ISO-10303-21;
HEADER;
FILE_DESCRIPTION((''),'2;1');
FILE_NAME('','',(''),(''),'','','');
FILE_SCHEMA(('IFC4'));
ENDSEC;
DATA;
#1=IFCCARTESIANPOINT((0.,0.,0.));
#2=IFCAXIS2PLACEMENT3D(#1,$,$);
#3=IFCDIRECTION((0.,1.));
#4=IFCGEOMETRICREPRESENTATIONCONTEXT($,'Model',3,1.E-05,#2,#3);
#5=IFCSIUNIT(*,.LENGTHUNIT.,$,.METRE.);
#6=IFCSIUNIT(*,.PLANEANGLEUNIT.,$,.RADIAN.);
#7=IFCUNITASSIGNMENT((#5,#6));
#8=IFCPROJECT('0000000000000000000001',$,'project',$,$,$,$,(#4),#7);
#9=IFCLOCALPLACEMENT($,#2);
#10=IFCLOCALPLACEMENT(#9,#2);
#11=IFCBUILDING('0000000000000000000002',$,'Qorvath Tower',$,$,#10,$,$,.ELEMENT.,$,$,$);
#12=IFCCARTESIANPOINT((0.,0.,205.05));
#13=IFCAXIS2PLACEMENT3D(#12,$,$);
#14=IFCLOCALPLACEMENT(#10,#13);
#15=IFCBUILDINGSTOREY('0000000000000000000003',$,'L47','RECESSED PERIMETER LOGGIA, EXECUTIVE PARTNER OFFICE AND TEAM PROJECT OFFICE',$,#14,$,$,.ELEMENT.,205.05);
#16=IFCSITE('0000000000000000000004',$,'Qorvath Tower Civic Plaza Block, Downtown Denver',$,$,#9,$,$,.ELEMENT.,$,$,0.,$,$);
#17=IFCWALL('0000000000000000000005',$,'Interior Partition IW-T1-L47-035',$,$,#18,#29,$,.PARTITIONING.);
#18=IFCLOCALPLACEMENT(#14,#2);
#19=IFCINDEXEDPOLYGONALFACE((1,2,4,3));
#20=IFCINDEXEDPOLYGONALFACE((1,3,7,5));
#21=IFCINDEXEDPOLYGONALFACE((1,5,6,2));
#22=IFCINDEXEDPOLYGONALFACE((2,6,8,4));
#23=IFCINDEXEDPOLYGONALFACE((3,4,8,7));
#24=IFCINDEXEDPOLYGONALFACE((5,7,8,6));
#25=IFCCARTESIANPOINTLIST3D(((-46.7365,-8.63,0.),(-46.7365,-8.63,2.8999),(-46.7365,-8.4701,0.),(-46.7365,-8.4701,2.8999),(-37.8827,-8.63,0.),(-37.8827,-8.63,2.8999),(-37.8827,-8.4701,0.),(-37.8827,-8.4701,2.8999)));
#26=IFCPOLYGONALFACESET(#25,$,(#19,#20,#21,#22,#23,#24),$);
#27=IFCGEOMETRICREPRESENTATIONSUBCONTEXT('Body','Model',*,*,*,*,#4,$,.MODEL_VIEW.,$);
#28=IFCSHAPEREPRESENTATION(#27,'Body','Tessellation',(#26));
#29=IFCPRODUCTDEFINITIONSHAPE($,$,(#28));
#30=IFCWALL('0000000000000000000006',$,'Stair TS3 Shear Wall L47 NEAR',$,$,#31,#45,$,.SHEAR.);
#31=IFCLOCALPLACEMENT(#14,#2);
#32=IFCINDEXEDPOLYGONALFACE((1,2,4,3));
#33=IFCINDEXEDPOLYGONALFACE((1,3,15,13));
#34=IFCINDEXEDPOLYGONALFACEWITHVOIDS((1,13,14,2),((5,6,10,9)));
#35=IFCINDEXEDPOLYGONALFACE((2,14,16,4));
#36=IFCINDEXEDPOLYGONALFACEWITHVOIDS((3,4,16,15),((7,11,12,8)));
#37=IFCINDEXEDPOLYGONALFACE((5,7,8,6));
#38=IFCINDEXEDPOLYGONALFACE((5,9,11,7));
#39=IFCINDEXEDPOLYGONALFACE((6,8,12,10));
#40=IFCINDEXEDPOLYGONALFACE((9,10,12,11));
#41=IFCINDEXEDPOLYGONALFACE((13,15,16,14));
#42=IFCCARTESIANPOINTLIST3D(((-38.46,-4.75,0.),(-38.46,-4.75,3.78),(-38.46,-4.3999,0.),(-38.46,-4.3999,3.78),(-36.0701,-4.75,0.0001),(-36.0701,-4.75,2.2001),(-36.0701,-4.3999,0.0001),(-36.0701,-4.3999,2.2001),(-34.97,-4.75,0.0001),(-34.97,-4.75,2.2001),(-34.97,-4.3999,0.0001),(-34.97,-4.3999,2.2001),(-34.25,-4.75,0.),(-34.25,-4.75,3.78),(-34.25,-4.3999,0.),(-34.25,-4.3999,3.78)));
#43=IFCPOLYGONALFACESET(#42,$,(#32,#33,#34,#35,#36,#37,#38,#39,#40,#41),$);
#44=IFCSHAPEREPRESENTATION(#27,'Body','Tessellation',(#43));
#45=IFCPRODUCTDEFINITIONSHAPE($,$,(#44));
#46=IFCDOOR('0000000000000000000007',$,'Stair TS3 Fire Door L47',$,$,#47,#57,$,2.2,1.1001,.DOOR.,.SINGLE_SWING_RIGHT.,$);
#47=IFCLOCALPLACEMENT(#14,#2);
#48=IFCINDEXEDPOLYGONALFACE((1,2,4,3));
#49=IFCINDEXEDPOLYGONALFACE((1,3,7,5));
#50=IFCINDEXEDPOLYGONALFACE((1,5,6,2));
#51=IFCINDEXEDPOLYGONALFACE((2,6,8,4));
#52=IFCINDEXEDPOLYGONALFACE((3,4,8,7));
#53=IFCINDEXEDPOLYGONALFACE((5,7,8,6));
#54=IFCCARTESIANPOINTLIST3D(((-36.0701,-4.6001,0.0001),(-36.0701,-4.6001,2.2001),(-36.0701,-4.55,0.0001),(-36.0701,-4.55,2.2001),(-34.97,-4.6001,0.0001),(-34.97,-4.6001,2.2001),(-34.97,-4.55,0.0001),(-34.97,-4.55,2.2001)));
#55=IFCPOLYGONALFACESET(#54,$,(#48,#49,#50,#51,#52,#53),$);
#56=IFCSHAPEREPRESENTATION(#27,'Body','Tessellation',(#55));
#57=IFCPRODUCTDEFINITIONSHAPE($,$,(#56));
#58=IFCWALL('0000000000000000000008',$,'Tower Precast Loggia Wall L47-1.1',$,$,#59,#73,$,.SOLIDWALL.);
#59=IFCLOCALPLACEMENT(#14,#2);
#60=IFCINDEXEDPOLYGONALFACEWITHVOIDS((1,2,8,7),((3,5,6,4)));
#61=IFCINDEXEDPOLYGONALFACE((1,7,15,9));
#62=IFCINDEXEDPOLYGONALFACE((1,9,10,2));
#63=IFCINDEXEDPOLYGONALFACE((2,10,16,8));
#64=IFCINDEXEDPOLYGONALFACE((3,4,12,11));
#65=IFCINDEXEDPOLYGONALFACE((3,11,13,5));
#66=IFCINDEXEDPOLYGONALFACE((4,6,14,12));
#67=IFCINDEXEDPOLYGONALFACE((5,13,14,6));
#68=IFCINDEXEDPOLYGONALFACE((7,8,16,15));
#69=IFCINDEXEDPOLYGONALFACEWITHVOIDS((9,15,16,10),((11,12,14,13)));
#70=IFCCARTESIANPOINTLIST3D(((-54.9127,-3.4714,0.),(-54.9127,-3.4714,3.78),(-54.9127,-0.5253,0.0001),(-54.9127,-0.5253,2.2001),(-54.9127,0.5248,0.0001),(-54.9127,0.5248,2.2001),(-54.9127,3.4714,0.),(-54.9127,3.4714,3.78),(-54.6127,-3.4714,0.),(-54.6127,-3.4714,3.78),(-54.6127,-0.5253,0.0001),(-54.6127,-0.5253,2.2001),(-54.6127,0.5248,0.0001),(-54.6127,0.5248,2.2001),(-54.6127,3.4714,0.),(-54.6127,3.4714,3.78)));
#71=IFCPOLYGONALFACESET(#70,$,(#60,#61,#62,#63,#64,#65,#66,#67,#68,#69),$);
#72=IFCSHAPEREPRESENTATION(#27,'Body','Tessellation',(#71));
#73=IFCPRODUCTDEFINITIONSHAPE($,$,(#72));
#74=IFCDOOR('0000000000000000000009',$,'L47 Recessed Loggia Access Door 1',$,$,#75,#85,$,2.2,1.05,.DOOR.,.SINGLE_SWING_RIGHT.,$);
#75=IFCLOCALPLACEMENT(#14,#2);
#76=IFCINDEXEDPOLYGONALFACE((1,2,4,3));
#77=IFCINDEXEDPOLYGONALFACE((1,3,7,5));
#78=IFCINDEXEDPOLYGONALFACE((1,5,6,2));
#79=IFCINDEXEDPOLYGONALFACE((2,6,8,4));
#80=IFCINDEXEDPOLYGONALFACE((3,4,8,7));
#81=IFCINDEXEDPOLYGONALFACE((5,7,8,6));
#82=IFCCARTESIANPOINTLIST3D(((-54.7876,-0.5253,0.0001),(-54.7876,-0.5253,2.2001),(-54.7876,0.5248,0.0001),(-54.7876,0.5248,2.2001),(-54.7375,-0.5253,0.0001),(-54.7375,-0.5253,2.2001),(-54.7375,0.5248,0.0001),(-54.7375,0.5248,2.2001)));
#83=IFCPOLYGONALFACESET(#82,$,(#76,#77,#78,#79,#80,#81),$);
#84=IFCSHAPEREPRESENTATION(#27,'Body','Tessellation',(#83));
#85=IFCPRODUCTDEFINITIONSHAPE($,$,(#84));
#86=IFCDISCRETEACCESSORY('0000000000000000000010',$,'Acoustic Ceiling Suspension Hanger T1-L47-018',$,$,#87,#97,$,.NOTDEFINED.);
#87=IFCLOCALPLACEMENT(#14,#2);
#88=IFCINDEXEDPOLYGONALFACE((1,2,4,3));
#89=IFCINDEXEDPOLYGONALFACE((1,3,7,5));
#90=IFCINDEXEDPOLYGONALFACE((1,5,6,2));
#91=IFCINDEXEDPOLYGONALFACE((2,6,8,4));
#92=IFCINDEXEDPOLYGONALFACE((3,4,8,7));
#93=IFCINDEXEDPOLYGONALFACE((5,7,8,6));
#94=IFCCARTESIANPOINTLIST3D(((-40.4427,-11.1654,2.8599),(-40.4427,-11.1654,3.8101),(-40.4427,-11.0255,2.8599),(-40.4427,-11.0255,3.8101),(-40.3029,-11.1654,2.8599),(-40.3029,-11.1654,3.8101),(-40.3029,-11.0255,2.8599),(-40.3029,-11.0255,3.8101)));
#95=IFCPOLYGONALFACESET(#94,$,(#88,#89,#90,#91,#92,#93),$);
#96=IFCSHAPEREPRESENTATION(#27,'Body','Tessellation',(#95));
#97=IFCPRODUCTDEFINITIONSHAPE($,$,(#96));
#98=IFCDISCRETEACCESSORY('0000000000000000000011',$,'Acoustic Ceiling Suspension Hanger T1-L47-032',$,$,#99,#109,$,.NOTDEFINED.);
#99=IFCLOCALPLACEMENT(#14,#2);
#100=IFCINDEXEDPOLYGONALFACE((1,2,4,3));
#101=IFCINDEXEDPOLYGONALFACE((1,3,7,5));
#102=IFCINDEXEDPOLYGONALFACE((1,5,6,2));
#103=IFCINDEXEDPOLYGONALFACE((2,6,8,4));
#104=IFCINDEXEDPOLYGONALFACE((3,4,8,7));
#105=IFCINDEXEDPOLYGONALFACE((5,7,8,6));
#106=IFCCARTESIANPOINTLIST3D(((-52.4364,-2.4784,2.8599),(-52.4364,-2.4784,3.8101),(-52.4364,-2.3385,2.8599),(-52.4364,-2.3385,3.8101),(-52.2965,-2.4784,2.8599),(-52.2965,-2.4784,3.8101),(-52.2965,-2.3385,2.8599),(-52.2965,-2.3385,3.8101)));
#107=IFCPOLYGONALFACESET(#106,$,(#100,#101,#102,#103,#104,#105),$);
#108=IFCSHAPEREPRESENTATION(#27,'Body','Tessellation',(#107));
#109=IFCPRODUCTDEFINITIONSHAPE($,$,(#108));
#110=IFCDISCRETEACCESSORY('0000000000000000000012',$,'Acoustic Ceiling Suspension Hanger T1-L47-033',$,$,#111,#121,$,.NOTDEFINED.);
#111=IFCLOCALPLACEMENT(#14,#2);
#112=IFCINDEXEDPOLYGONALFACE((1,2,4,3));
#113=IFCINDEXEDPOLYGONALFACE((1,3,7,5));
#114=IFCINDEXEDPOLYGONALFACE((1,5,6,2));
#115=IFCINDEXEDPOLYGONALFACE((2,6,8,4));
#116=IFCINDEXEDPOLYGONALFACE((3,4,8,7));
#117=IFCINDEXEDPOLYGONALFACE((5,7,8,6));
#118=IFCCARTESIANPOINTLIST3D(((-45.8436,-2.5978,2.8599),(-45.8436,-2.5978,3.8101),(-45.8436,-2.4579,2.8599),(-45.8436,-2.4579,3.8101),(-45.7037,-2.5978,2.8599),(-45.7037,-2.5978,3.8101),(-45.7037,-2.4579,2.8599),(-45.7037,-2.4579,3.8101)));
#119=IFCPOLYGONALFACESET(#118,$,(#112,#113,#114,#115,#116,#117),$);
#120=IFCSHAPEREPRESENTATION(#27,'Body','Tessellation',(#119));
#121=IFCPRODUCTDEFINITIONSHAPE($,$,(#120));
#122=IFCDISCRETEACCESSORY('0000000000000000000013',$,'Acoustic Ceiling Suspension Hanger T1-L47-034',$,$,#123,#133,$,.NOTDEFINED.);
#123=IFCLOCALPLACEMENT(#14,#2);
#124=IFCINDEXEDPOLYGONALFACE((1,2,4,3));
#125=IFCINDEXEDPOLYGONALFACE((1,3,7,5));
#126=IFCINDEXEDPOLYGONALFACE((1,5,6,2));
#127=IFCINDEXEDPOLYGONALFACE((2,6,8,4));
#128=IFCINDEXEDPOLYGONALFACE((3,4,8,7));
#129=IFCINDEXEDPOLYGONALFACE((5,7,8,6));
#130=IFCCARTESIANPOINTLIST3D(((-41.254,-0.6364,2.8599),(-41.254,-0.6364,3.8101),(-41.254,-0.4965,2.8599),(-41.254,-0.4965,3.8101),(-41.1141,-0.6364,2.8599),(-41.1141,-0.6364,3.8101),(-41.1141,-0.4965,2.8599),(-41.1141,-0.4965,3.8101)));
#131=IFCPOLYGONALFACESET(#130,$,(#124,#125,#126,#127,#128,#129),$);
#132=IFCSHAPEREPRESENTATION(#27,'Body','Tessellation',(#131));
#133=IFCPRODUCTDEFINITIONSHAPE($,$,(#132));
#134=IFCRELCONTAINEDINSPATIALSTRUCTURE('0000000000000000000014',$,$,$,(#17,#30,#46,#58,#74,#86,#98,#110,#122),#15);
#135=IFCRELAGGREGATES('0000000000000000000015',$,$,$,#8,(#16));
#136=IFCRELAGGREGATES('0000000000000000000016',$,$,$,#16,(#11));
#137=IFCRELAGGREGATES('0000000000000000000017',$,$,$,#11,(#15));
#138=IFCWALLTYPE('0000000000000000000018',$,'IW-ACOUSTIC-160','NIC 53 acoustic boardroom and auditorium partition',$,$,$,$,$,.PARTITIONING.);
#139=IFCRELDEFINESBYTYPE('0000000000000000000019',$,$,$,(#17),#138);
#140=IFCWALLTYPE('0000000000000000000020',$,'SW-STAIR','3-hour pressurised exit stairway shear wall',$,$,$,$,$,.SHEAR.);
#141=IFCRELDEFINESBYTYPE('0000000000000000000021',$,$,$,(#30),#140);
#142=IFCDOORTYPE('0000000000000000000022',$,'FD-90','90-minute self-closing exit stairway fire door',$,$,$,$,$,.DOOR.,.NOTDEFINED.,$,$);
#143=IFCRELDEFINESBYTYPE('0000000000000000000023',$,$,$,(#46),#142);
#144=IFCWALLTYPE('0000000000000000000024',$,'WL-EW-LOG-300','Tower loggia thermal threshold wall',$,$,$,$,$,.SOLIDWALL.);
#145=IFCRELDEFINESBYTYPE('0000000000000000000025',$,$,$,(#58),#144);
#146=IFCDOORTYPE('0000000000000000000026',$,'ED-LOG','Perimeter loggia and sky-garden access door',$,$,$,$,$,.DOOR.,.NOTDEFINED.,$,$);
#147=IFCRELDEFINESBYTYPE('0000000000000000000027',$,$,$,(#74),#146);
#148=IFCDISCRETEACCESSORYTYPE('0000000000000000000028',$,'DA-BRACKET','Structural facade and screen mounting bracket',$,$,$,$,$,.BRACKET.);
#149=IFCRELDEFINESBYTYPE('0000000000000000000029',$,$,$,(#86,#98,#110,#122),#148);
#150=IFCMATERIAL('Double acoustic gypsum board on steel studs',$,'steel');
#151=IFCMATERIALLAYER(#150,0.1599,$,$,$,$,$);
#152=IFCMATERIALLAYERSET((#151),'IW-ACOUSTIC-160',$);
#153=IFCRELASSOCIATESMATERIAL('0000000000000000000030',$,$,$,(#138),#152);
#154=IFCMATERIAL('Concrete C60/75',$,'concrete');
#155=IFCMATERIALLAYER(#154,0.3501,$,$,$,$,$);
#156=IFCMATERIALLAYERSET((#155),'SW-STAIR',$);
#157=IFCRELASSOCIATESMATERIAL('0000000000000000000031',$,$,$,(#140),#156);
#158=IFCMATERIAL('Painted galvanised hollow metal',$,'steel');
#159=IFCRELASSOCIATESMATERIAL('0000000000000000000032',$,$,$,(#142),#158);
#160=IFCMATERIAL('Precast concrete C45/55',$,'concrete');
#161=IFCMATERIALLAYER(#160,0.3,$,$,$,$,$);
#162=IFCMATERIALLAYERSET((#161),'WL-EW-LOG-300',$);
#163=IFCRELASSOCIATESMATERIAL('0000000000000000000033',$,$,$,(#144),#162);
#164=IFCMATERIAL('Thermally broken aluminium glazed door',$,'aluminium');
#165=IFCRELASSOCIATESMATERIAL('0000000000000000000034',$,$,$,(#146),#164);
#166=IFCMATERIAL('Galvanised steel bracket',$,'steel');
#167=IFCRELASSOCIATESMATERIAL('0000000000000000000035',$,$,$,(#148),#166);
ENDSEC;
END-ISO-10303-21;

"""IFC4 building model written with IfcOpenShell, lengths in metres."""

from ifc_helpers import new_model, si_unit, direction, frame, frame_2d, origin, origin_2d, place, context, subcontext, project, spatial, rectangle, extrude, material, layer, layer_set, type_object, element, fill, save


model = new_model("IFC4")

# Units and contexts
model_context = context("Model", 3, precision=1e-05, world=origin(), true_north=direction((0.0, 1.0)))
body_context = subcontext(model_context, "Body", "Model", "MODEL_VIEW")
ifc_project = project(units=[si_unit("LENGTHUNIT", "METRE"), si_unit("PLANEANGLEUNIT", "RADIAN")], contexts=[model_context])

# Site, building, storey
site_placement = place(None, origin())
site = spatial("IfcSite", under=ifc_project, at=site_placement, Name="Qorvath Tower Civic Plaza Block, Downtown Denver", CompositionType="ELEMENT", RefElevation=0.0)
building_placement = place(site_placement, origin())
building = spatial("IfcBuilding", under=site, at=building_placement, Name="Qorvath Tower", CompositionType="ELEMENT")
storey_placement = place(building_placement, frame((0.0, 0.0, 205.05)))
storey = spatial("IfcBuildingStorey", under=building, at=storey_placement, Name="L47", Description="RECESSED PERIMETER LOGGIA, EXECUTIVE PARTNER OFFICE AND TEAM PROJECT OFFICE", CompositionType="ELEMENT", Elevation=205.05)

# Wall
ifc_material_1 = material(Name="Double acoustic gypsum board on steel studs", Category="steel")
ifc_layer_1 = layer(ifc_material_1, 0.1599)
ifc_layer_set_1 = layer_set([ifc_layer_1], Name="IW-ACOUSTIC-160")
wall_type_1 = type_object("IfcWallType", Name="IW-ACOUSTIC-160", Description="NIC 53 acoustic boardroom and auditorium partition", PredefinedType="PARTITIONING", material=ifc_layer_set_1)
wall_1_placement = place(storey_placement, frame((-37.8828, -8.55, 0.0), z_axis=(0.0, 0.0, 1.0), x_axis=(-1.0, 0.0, 0.0)))
element("IfcWall", 1, at=wall_1_placement, inside=storey, type_object=wall_type_1, Name="Interior Partition IW-T1-L47-035", PredefinedType="PARTITIONING", context=body_context, shape_type="SweptSolid", body=[
    extrude(rectangle(XDim=8.8538, YDim=0.1599, at=frame_2d((4.4268, 0.0))), origin(), (0.0, 0.0, 1.0), 2.8999),
])

# Walls, openings, doors
ifc_material_2 = material(Name="Concrete C60/75", Category="concrete")
ifc_layer_2 = layer(ifc_material_2, 0.3501)
ifc_layer_set_2 = layer_set([ifc_layer_2], Name="SW-STAIR")
wall_type_2 = type_object("IfcWallType", Name="SW-STAIR", Description="3-hour pressurised exit stairway shear wall", PredefinedType="SHEAR", material=ifc_layer_set_2)
wall_2_placement = place(storey_placement, frame((-38.46, -4.575, 0.0), z_axis=(0.0, 0.0, 1.0), x_axis=(1.0, 0.0, 0.0)))
wall_2 = element("IfcWall", 2, at=wall_2_placement, inside=storey, type_object=wall_type_2, Name="Stair TS3 Shear Wall L47 NEAR", PredefinedType="SHEAR", context=body_context, shape_type="SweptSolid", body=[
    extrude(rectangle(XDim=4.21, YDim=0.3501, at=frame_2d((2.105, 0.0))), origin(), (0.0, 0.0, 1.0), 3.78),
])
opening_1_placement = place(wall_2_placement, frame((2.3899, 0.0, 0.0)))
opening_1 = element("IfcOpeningElement", 3, at=opening_1_placement, cuts=wall_2, PredefinedType="OPENING", context=body_context, shape_type="SweptSolid", body=[
    extrude(rectangle(XDim=1.1001, YDim=2.2, at=frame_2d((0.55, 1.1001))), frame((0.0, 0.1851, 0.0), z_axis=(0.0, -1.0, 0.0), x_axis=(1.0, 0.0, 0.0)), (0.0, 0.0, 1.0), 0.3701),
])
ifc_material_3 = material(Name="Painted galvanised hollow metal", Category="steel")
door_type_1 = type_object("IfcDoorType", Name="FD-90", Description="90-minute self-closing exit stairway fire door", OperationType="NOTDEFINED", PredefinedType="DOOR", material=ifc_material_3)
door_1_placement = place(opening_1_placement, origin())
door_1 = element("IfcDoor", 4, at=door_1_placement, inside=storey, type_object=door_type_1, Name="Stair TS3 Fire Door L47", OperationType="SINGLE_SWING_RIGHT", OverallHeight=2.2, OverallWidth=1.1001, PredefinedType="DOOR", context=body_context, shape_type="SweptSolid", body=[
    extrude(rectangle(XDim=1.1001, YDim=2.2, at=frame_2d((0.55, 1.1001))), frame((0.0, 0.0249, 0.0), z_axis=(0.0, -1.0, 0.0), x_axis=(1.0, 0.0, 0.0)), (0.0, 0.0, 1.0), 0.05),
])
fill(opening_1, door_1)
ifc_material_4 = material(Name="Precast concrete C45/55", Category="concrete")
ifc_layer_3 = layer(ifc_material_4, 0.3)
ifc_layer_set_3 = layer_set([ifc_layer_3], Name="WL-EW-LOG-300")
wall_type_3 = type_object("IfcWallType", Name="WL-EW-LOG-300", Description="Tower loggia thermal threshold wall", PredefinedType="SOLIDWALL", material=ifc_layer_set_3)
wall_3_placement = place(storey_placement, frame((-54.7627, -3.4714, 0.0), z_axis=(0.0, 0.0, 1.0), x_axis=(0.0, 1.0, 0.0)))
wall_3 = element("IfcWall", 5, at=wall_3_placement, inside=storey, type_object=wall_type_3, Name="Tower Precast Loggia Wall L47-1.1", PredefinedType="SOLIDWALL", context=body_context, shape_type="SweptSolid", body=[
    extrude(rectangle(XDim=6.9429, YDim=0.3, at=frame_2d((3.4714, 0.0))), origin(), (0.0, 0.0, 1.0), 3.78),
])
opening_2_placement = place(wall_3_placement, frame((2.9463, 0.0, 0.0)))
opening_2 = element("IfcOpeningElement", 6, at=opening_2_placement, cuts=wall_3, PredefinedType="OPENING", context=body_context, shape_type="SweptSolid", body=[
    extrude(rectangle(XDim=1.05, YDim=2.2, at=frame_2d((0.5249, 1.1001))), frame((0.0, 0.1602, 0.0), z_axis=(0.0, -1.0, 0.0), x_axis=(1.0, 0.0, 0.0)), (0.0, 0.0, 1.0), 0.3201),
])
ifc_material_5 = material(Name="Thermally broken aluminium glazed door", Category="aluminium")
door_type_2 = type_object("IfcDoorType", Name="ED-LOG", Description="Perimeter loggia and sky-garden access door", OperationType="NOTDEFINED", PredefinedType="DOOR", material=ifc_material_5)
door_2_placement = place(opening_2_placement, origin())
door_2 = element("IfcDoor", 7, at=door_2_placement, inside=storey, type_object=door_type_2, Name="L47 Recessed Loggia Access Door 1", OperationType="SINGLE_SWING_RIGHT", OverallHeight=2.2, OverallWidth=1.05, PredefinedType="DOOR", context=body_context, shape_type="SweptSolid", body=[
    extrude(rectangle(XDim=1.05, YDim=2.2, at=frame_2d((0.5249, 1.1001))), frame((0.0, 0.0249, 0.0), z_axis=(0.0, -1.0, 0.0), x_axis=(1.0, 0.0, 0.0)), (0.0, 0.0, 1.0), 0.05),
])
fill(opening_2, door_2)

# Discrete accessories
ifc_material_6 = material(Name="Galvanised steel bracket", Category="steel")
discrete_accessory_type = type_object("IfcDiscreteAccessoryType", Name="DA-BRACKET", Description="Structural facade and screen mounting bracket", PredefinedType="BRACKET", material=ifc_material_6)
for number, where, z_axis, x_axis, name in (
    (8, (-40.3728, -11.0955, 2.8599), (0.0, 0.0, 1.0), (1.0, 0.0, 0.0), "Acoustic Ceiling Suspension Hanger T1-L47-018"),
    (9, (-52.3665, -2.4084, 2.8599), (0.0, 0.0, 1.0), (1.0, 0.0, 0.0), "Acoustic Ceiling Suspension Hanger T1-L47-032"),
    (10, (-45.7737, -2.5278, 2.8599), (0.0, 0.0, 1.0), (1.0, 0.0, 0.0), "Acoustic Ceiling Suspension Hanger T1-L47-033"),
    (11, (-41.1841, -0.5664, 2.8599), (0.0, 0.0, 1.0), (1.0, 0.0, 0.0), "Acoustic Ceiling Suspension Hanger T1-L47-034"),
):
    element("IfcDiscreteAccessory", number, at=place(storey_placement, frame(where, z_axis=z_axis, x_axis=x_axis)), inside=storey, type_object=discrete_accessory_type, Name=name, PredefinedType="NOTDEFINED", context=body_context, shape_type="SweptSolid", body=[
        extrude(rectangle(XDim=0.1399, YDim=0.1399, at=origin_2d()), origin(), (0.0, 0.0, 1.0), 0.9502),
    ])

save(model, "model.ifc")
